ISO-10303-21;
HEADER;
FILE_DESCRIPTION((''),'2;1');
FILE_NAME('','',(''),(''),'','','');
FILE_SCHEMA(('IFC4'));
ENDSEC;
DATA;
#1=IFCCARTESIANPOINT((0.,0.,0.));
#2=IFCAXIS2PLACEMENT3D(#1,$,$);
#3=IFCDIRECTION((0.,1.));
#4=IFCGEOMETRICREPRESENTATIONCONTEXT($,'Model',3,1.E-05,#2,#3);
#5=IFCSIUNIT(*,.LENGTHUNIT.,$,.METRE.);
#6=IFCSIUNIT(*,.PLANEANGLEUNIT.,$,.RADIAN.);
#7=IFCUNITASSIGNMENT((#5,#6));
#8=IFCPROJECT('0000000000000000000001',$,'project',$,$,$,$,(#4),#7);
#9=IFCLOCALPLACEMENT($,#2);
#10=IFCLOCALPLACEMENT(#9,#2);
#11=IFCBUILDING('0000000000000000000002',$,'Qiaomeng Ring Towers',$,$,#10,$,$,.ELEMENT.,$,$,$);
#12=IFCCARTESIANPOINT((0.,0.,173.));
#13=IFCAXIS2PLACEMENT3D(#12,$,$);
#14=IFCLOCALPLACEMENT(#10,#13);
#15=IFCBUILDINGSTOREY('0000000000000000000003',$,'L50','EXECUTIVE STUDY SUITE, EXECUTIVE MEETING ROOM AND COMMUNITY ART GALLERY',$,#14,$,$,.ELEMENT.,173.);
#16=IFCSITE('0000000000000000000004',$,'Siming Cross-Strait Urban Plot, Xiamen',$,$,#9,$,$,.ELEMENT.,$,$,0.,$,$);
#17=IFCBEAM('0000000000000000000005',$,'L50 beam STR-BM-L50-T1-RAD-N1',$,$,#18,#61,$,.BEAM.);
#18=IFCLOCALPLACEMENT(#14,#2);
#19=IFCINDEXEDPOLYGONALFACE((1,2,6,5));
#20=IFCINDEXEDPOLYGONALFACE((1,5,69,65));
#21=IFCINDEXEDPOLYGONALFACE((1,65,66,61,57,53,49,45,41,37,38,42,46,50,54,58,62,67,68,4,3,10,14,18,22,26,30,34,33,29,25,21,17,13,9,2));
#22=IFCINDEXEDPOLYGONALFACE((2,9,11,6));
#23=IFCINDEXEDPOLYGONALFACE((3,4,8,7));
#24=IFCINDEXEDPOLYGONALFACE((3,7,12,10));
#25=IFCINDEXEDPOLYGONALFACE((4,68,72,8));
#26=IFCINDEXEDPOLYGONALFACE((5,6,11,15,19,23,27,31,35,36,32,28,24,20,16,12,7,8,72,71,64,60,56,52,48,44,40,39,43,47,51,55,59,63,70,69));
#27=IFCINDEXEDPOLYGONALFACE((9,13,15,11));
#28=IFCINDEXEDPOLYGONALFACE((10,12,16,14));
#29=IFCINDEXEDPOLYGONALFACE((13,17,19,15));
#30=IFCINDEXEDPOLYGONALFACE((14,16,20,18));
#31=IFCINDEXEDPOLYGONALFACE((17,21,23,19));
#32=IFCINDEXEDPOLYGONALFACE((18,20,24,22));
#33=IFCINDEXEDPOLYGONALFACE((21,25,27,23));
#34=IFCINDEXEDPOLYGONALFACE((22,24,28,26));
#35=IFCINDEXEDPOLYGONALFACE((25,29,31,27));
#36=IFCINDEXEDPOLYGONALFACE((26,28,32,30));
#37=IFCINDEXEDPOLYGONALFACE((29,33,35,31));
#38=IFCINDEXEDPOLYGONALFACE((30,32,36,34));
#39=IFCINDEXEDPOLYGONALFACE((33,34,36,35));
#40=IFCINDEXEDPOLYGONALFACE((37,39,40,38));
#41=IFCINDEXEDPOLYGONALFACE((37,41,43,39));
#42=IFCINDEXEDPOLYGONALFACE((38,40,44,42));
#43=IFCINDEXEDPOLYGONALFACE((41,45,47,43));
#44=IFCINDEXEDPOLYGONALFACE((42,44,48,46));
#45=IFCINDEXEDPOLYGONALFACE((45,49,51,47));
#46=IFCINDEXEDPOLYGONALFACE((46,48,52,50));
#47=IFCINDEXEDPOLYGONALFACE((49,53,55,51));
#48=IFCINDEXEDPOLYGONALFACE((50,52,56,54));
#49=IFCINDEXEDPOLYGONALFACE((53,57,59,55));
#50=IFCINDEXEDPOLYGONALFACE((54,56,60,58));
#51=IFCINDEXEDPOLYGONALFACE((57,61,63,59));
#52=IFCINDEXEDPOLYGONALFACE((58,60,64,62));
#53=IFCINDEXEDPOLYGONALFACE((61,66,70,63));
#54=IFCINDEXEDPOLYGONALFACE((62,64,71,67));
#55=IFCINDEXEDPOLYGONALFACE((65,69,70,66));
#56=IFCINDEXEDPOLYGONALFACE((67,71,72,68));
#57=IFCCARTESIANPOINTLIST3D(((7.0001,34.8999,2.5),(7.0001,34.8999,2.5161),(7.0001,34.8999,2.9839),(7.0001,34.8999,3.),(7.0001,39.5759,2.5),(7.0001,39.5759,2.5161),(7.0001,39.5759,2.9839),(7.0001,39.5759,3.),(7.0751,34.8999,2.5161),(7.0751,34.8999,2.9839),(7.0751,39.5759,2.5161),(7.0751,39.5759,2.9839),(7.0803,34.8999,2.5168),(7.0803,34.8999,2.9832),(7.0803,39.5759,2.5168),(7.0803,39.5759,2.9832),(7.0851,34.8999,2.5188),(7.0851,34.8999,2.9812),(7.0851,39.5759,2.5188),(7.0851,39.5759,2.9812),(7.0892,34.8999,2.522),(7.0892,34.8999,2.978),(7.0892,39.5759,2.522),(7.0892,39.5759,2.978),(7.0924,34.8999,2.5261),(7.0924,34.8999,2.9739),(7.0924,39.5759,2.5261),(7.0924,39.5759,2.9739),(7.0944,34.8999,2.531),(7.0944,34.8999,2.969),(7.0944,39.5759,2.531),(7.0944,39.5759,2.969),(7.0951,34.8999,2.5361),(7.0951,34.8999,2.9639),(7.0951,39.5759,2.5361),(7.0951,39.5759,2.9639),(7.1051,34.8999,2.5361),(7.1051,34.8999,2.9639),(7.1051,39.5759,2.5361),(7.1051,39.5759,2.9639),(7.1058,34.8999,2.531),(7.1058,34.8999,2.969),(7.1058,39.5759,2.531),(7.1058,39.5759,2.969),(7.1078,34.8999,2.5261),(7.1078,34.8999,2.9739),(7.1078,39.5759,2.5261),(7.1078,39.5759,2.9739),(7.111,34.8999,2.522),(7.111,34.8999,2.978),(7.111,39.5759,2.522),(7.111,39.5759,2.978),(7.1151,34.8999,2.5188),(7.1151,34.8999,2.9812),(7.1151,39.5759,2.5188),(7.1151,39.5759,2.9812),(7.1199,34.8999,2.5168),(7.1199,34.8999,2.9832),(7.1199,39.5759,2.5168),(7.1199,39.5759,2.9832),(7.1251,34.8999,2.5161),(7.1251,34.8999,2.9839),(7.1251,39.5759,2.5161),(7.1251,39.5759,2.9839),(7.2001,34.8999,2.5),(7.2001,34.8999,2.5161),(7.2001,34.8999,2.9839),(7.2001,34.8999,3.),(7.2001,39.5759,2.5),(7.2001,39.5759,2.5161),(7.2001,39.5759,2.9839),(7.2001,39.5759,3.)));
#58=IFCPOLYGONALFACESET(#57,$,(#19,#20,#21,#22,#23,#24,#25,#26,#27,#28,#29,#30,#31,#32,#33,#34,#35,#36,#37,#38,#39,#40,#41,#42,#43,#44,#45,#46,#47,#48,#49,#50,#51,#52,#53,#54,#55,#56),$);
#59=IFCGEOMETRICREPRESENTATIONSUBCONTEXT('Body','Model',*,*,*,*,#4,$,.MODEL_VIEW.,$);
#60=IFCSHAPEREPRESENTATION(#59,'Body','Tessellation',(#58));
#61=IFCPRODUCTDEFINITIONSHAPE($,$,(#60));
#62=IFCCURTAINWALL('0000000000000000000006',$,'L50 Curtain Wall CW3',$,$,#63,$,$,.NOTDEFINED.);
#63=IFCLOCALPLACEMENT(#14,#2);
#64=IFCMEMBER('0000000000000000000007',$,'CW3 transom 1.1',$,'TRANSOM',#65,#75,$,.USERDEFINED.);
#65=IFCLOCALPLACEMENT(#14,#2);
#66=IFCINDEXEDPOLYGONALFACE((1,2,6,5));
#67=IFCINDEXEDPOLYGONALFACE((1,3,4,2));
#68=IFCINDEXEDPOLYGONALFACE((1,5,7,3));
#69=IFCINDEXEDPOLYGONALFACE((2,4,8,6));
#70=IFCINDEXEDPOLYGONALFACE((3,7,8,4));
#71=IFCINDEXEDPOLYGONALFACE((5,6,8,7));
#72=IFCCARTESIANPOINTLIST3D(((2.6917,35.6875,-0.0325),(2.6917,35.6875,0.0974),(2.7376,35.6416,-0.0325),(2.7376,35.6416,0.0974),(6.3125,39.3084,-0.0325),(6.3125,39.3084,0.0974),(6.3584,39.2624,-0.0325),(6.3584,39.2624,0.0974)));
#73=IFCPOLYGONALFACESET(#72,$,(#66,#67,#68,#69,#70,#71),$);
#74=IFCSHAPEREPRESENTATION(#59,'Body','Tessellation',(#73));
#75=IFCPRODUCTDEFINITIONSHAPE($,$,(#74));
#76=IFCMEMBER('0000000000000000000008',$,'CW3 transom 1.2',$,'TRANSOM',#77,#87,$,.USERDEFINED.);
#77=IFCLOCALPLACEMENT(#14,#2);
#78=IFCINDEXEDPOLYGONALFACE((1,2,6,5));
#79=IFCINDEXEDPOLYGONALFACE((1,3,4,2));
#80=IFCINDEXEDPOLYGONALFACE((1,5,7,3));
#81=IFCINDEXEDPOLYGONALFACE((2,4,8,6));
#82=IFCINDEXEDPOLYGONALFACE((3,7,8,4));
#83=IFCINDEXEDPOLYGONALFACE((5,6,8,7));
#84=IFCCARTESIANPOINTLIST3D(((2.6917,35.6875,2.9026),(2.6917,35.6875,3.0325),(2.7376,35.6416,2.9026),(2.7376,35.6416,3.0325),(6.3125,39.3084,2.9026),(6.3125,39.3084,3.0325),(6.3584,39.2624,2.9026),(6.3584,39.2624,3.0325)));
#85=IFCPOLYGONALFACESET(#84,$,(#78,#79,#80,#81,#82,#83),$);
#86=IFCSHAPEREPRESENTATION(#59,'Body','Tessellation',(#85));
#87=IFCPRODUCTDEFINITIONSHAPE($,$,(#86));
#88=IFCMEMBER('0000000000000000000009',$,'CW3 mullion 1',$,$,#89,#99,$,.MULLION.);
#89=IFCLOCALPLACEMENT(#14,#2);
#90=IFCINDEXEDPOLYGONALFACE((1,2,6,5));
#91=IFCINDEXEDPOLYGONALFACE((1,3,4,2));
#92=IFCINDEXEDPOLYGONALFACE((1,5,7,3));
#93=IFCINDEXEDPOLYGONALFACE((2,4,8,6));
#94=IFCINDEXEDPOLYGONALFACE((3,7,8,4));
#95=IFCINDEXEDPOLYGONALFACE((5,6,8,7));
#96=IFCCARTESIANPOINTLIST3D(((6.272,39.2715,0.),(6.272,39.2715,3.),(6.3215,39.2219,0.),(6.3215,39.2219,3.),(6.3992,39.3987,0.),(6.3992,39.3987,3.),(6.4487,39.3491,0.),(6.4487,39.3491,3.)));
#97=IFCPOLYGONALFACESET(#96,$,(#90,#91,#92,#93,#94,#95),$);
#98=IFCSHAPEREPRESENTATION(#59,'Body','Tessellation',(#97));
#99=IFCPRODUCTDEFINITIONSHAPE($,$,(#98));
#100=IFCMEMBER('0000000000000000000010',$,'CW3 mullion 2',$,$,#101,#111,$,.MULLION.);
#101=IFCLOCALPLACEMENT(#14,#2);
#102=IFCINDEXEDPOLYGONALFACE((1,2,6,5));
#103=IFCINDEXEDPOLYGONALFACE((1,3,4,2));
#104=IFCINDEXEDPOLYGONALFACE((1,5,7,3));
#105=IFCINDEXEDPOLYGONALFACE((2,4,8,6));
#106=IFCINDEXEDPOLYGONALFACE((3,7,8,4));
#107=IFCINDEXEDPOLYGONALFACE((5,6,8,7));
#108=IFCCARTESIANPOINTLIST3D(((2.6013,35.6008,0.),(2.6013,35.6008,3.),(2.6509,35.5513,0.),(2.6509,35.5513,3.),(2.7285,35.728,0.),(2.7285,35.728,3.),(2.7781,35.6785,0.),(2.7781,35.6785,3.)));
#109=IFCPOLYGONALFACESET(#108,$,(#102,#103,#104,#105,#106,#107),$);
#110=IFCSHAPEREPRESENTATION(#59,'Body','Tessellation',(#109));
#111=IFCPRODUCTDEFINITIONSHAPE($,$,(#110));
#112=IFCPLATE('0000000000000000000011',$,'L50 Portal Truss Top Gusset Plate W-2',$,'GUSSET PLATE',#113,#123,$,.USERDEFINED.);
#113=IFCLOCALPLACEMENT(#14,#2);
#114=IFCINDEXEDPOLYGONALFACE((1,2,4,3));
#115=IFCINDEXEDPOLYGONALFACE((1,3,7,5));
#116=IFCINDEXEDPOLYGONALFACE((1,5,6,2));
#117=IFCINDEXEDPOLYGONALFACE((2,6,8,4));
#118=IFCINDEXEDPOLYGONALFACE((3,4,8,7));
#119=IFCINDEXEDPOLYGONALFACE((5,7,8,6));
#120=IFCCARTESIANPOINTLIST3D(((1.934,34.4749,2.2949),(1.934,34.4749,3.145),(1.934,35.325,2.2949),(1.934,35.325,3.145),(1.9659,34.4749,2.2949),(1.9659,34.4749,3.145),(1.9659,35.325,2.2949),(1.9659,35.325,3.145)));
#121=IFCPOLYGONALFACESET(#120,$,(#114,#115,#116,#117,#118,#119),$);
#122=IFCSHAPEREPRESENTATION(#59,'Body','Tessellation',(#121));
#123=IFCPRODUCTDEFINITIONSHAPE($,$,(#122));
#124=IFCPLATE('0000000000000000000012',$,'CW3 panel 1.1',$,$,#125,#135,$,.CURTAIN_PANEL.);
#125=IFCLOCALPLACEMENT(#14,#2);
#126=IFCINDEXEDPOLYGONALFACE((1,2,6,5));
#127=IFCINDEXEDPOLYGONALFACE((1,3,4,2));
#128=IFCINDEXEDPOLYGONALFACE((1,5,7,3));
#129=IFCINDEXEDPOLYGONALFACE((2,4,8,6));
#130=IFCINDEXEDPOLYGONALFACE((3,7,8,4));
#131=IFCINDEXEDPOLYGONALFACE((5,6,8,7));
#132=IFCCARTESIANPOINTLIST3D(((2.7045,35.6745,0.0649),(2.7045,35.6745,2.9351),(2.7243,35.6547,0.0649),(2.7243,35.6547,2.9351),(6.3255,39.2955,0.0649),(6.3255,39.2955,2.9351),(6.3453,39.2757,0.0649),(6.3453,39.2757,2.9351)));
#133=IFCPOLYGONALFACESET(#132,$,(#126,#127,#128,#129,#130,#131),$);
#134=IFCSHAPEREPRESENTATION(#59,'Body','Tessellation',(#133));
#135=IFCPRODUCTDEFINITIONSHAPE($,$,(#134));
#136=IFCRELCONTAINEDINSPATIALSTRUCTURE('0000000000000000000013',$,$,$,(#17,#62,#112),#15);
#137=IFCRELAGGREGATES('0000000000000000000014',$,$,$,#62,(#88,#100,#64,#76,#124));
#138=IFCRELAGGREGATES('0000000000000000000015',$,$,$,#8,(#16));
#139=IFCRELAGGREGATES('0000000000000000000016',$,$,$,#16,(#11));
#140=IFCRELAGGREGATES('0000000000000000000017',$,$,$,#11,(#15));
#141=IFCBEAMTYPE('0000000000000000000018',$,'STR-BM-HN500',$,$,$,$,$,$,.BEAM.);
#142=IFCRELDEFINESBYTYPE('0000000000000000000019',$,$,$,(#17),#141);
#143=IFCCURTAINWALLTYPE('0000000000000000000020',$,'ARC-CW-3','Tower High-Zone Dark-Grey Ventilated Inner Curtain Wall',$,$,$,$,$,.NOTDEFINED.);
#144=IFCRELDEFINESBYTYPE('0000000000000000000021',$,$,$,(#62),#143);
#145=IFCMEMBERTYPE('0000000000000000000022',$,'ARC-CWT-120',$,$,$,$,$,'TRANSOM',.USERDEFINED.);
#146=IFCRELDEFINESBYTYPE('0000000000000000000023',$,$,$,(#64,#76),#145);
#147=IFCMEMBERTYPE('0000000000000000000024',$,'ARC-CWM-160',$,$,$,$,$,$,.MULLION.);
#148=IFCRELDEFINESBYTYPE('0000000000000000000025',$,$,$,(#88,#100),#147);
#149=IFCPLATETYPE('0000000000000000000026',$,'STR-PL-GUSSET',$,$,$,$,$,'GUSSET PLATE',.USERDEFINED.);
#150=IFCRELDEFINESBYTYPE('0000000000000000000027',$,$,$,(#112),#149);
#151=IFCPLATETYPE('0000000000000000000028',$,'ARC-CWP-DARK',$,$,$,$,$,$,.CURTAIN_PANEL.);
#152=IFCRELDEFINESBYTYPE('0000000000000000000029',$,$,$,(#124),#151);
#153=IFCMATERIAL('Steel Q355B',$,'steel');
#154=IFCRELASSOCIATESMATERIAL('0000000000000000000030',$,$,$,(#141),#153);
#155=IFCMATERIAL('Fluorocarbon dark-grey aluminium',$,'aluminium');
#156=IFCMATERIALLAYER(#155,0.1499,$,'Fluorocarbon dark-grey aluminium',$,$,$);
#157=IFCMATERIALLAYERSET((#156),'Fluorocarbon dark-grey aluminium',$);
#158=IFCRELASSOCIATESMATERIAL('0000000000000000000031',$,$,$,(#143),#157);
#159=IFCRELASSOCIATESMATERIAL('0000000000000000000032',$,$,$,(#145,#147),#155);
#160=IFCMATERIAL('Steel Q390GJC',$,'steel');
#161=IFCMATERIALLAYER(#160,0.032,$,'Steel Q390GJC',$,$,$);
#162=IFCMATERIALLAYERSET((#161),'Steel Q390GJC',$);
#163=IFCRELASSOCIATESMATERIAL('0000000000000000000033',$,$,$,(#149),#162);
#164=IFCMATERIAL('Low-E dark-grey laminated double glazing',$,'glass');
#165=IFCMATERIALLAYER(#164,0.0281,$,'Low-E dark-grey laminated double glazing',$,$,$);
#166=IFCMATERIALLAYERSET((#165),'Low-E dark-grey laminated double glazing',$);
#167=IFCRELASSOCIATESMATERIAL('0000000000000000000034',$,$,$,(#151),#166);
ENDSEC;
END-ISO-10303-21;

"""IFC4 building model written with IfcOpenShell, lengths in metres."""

from ifc_helpers import new_model, si_unit, direction, frame, origin, origin_2d, place, context, subcontext, project, spatial, rectangle, i_section, extrude, source, transform, mapped, material, layer, layer_set, material_profile, profile_set, type_object, element, aggregate, save


model = new_model("IFC4")

# Units and contexts
model_context = context("Model", 3, precision=1e-05, world=origin(), true_north=direction((0.0, 1.0)))
body_context = subcontext(model_context, "Body", "Model", "MODEL_VIEW")
ifc_project = project(units=[si_unit("LENGTHUNIT", "METRE"), si_unit("PLANEANGLEUNIT", "RADIAN")], contexts=[model_context])

# Site, building, storey
site_placement = place(None, origin())
site = spatial("IfcSite", under=ifc_project, at=site_placement, Name="Siming Cross-Strait Urban Plot, Xiamen", CompositionType="ELEMENT", RefElevation=0.0)
building_placement = place(site_placement, origin())
building = spatial("IfcBuilding", under=site, at=building_placement, Name="Qiaomeng Ring Towers", CompositionType="ELEMENT")
storey_placement = place(building_placement, frame((0.0, 0.0, 173.0)))
storey = spatial("IfcBuildingStorey", under=building, at=storey_placement, Name="L50", Description="EXECUTIVE STUDY SUITE, EXECUTIVE MEETING ROOM AND COMMUNITY ART GALLERY", CompositionType="ELEMENT", Elevation=173.0)

# Beam
ifc_material_1 = material(Name="Steel Q355B", Category="steel")
ifc_material_2 = material(Name="Steel Q390GJC", Category="steel")
ifc_material_profile_1 = material_profile(ifc_material_1, i_section(OverallWidth=0.2, OverallDepth=0.5, WebThickness=0.01, FlangeThickness=0.0161, FilletRadius=0.02, at=origin_2d()), Name="HN 500x200x10x16")
ifc_profile_set_1 = profile_set([ifc_material_profile_1], Name="Steel Q355B")
beam_type_1 = type_object("IfcBeamType", Name="STR-BM-HN500", PredefinedType="BEAM", material=ifc_profile_set_1)
shared_shape_1 = source(origin(), body_context, "Body", "SweptSolid", [
    extrude(i_section(OverallWidth=0.2, OverallDepth=0.5, WebThickness=0.01, FlangeThickness=0.0161, FilletRadius=0.02, at=origin_2d()), origin(), (0.0, 0.0, 1.0), 4.676),
])
beam_1_placement = place(storey_placement, frame((7.1001, 39.5759, 2.75), z_axis=(0.0, -1.0, 0.0), x_axis=(1.0, 0.0, 0.0)))
element("IfcBeam", 1, at=beam_1_placement, inside=storey, type_object=beam_type_1, Name="L50 beam STR-BM-L50-T1-RAD-N1", PredefinedType="BEAM", context=body_context, shape_type="MappedRepresentation", body=[
    mapped(shared_shape_1, transform((0.0, 0.0, 0.0), x_axis=(1.0, 0.0, 0.0), y_axis=(0.0, 1.0, 0.0), z_axis=(0.0, 0.0, 1.0), scale=1.0)),
])

# Curtain wall, members
ifc_material_3 = material(Name="Fluorocarbon dark-grey aluminium", Category="aluminium")
ifc_layer_1 = layer(ifc_material_3, 0.1499, Name="Fluorocarbon dark-grey aluminium")
ifc_layer_set_1 = layer_set([ifc_layer_1], Name="Fluorocarbon dark-grey aluminium")
curtain_wall_type = type_object("IfcCurtainWallType", Name="ARC-CW-3", Description="Tower High-Zone Dark-Grey Ventilated Inner Curtain Wall", PredefinedType="NOTDEFINED", material=ifc_layer_set_1)
curtain_wall_placement = place(storey_placement, origin())
curtain_wall = element("IfcCurtainWall", 2, at=curtain_wall_placement, inside=storey, type_object=curtain_wall_type, Name="L50 Curtain Wall CW3", PredefinedType="NOTDEFINED")
ifc_material_profile_2 = material_profile(ifc_material_3, rectangle(XDim=0.0649, YDim=0.1299, at=origin_2d()), Name="ALU TRAN 65x130")
ifc_profile_set_2 = profile_set([ifc_material_profile_2], Name="Fluorocarbon dark-grey aluminium")
member_type_1 = type_object("IfcMemberType", Name="ARC-CWT-120", ElementType="TRANSOM", PredefinedType="USERDEFINED", material=ifc_profile_set_2)
shared_shape_2 = source(origin(), body_context, "Body", "SweptSolid", [
    extrude(rectangle(XDim=0.0649, YDim=0.1299, at=origin_2d()), origin(), (0.0, 0.0, 1.0), 5.1206),
])
member_1_placement = place(storey_placement, frame((6.3354, 39.2854, 0.0325), z_axis=(-0.707107, -0.707107, 0.0), x_axis=(0.707107, -0.707107, 0.0)))
member_1 = element("IfcMember", 3, at=member_1_placement, type_object=member_type_1, Name="CW3 transom 1.1", ObjectType="TRANSOM", PredefinedType="USERDEFINED", context=body_context, shape_type="MappedRepresentation", body=[
    mapped(shared_shape_2, transform((0.0, 0.0, 0.0), x_axis=(1.0, 0.0, 0.0), y_axis=(0.0, 1.0, 0.0), z_axis=(0.0, 0.0, 1.0), scale=1.0)),
])
member_2_placement = place(storey_placement, frame((6.3354, 39.2854, 2.9675), z_axis=(-0.707107, -0.707107, 0.0), x_axis=(0.707107, -0.707107, 0.0)))
member_2 = element("IfcMember", 4, at=member_2_placement, type_object=member_type_1, Name="CW3 transom 1.2", ObjectType="TRANSOM", PredefinedType="USERDEFINED", context=body_context, shape_type="MappedRepresentation", body=[
    mapped(shared_shape_2, transform((0.0, 0.0, 0.0), x_axis=(1.0, 0.0, 0.0), y_axis=(0.0, 1.0, 0.0), z_axis=(0.0, 0.0, 1.0), scale=1.0)),
])
ifc_material_profile_3 = material_profile(ifc_material_3, rectangle(XDim=0.0701, YDim=0.1799, at=origin_2d()), Name="ALU MULL 70x180")
ifc_profile_set_3 = profile_set([ifc_material_profile_3], Name="Fluorocarbon dark-grey aluminium")
member_type_2 = type_object("IfcMemberType", Name="ARC-CWM-160", PredefinedType="MULLION", material=ifc_profile_set_3)
shared_shape_3 = source(origin(), body_context, "Body", "SweptSolid", [
    extrude(rectangle(XDim=0.0701, YDim=0.1799, at=origin_2d()), origin(), (0.0, 0.0, 1.0), 3.0),
])
member_3_placement = place(storey_placement, frame((6.3604, 39.3103, 0.0), z_axis=(0.0, 0.0, 1.0), x_axis=(0.707107, -0.707107, 0.0)))
member_3 = element("IfcMember", 5, at=member_3_placement, type_object=member_type_2, Name="CW3 mullion 1", PredefinedType="MULLION", context=body_context, shape_type="MappedRepresentation", body=[
    mapped(shared_shape_3, transform((0.0, 0.0, 0.0), x_axis=(1.0, 0.0, 0.0), y_axis=(0.0, 1.0, 0.0), z_axis=(0.0, 0.0, 1.0), scale=1.0)),
])
member_4_placement = place(storey_placement, frame((2.6897, 35.6396, 0.0), z_axis=(0.0, 0.0, 1.0), x_axis=(0.707107, -0.707107, 0.0)))
member_4 = element("IfcMember", 6, at=member_4_placement, type_object=member_type_2, Name="CW3 mullion 2", PredefinedType="MULLION", context=body_context, shape_type="MappedRepresentation", body=[
    mapped(shared_shape_3, transform((0.0, 0.0, 0.0), x_axis=(1.0, 0.0, 0.0), y_axis=(0.0, 1.0, 0.0), z_axis=(0.0, 0.0, 1.0), scale=1.0)),
])

# Plates
ifc_layer_2 = layer(ifc_material_2, 0.032, Name="Steel Q390GJC")
ifc_layer_set_2 = layer_set([ifc_layer_2], Name="Steel Q390GJC")
plate_type_1 = type_object("IfcPlateType", Name="STR-PL-GUSSET", ElementType="GUSSET PLATE", PredefinedType="USERDEFINED", material=ifc_layer_set_2)
shared_shape_4 = source(origin(), body_context, "Body", "SweptSolid", [
    extrude(rectangle(XDim=0.032, YDim=0.8501, at=origin_2d()), origin(), (0.0, 0.0, 1.0), 0.8501),
])
plate_1_placement = place(storey_placement, frame((1.95, 34.8999, 2.2949), z_axis=(0.0, 0.0, 1.0), x_axis=(1.0, 0.0, 0.0)))
element("IfcPlate", 7, at=plate_1_placement, inside=storey, type_object=plate_type_1, Name="L50 Portal Truss Top Gusset Plate W-2", ObjectType="GUSSET PLATE", PredefinedType="USERDEFINED", context=body_context, shape_type="MappedRepresentation", body=[
    mapped(shared_shape_4, transform((0.0, 0.0, 0.0), x_axis=(1.0, 0.0, 0.0), y_axis=(0.0, 1.0, 0.0), z_axis=(0.0, 0.0, 1.0), scale=1.0)),
])
ifc_material_4 = material(Name="Low-E dark-grey laminated double glazing", Category="glass")
ifc_layer_3 = layer(ifc_material_4, 0.0281, Name="Low-E dark-grey laminated double glazing")
ifc_layer_set_3 = layer_set([ifc_layer_3], Name="Low-E dark-grey laminated double glazing")
plate_type_2 = type_object("IfcPlateType", Name="ARC-CWP-DARK", PredefinedType="CURTAIN_PANEL", material=ifc_layer_set_3)
shared_shape_5 = source(origin(), body_context, "Body", "SweptSolid", [
    extrude(rectangle(XDim=5.1208, YDim=0.0281, at=origin_2d()), origin(), (0.0, 0.0, 1.0), 2.8701),
])
plate_2_placement = place(storey_placement, frame((4.5249, 37.4751, 0.0649), z_axis=(0.0, 0.0, 1.0), x_axis=(-0.707107, -0.707107, 0.0)))
plate_2 = element("IfcPlate", 8, at=plate_2_placement, type_object=plate_type_2, Name="CW3 panel 1.1", PredefinedType="CURTAIN_PANEL", context=body_context, shape_type="MappedRepresentation", body=[
    mapped(shared_shape_5, transform((0.0, 0.0, 0.0), x_axis=(1.0, 0.0, 0.0), y_axis=(0.0, 1.0, 0.0), z_axis=(0.0, 0.0, 1.0), scale=1.0)),
])
aggregate(curtain_wall, [member_3, member_4, member_1, member_2, plate_2])

save(model, "model.ifc")
